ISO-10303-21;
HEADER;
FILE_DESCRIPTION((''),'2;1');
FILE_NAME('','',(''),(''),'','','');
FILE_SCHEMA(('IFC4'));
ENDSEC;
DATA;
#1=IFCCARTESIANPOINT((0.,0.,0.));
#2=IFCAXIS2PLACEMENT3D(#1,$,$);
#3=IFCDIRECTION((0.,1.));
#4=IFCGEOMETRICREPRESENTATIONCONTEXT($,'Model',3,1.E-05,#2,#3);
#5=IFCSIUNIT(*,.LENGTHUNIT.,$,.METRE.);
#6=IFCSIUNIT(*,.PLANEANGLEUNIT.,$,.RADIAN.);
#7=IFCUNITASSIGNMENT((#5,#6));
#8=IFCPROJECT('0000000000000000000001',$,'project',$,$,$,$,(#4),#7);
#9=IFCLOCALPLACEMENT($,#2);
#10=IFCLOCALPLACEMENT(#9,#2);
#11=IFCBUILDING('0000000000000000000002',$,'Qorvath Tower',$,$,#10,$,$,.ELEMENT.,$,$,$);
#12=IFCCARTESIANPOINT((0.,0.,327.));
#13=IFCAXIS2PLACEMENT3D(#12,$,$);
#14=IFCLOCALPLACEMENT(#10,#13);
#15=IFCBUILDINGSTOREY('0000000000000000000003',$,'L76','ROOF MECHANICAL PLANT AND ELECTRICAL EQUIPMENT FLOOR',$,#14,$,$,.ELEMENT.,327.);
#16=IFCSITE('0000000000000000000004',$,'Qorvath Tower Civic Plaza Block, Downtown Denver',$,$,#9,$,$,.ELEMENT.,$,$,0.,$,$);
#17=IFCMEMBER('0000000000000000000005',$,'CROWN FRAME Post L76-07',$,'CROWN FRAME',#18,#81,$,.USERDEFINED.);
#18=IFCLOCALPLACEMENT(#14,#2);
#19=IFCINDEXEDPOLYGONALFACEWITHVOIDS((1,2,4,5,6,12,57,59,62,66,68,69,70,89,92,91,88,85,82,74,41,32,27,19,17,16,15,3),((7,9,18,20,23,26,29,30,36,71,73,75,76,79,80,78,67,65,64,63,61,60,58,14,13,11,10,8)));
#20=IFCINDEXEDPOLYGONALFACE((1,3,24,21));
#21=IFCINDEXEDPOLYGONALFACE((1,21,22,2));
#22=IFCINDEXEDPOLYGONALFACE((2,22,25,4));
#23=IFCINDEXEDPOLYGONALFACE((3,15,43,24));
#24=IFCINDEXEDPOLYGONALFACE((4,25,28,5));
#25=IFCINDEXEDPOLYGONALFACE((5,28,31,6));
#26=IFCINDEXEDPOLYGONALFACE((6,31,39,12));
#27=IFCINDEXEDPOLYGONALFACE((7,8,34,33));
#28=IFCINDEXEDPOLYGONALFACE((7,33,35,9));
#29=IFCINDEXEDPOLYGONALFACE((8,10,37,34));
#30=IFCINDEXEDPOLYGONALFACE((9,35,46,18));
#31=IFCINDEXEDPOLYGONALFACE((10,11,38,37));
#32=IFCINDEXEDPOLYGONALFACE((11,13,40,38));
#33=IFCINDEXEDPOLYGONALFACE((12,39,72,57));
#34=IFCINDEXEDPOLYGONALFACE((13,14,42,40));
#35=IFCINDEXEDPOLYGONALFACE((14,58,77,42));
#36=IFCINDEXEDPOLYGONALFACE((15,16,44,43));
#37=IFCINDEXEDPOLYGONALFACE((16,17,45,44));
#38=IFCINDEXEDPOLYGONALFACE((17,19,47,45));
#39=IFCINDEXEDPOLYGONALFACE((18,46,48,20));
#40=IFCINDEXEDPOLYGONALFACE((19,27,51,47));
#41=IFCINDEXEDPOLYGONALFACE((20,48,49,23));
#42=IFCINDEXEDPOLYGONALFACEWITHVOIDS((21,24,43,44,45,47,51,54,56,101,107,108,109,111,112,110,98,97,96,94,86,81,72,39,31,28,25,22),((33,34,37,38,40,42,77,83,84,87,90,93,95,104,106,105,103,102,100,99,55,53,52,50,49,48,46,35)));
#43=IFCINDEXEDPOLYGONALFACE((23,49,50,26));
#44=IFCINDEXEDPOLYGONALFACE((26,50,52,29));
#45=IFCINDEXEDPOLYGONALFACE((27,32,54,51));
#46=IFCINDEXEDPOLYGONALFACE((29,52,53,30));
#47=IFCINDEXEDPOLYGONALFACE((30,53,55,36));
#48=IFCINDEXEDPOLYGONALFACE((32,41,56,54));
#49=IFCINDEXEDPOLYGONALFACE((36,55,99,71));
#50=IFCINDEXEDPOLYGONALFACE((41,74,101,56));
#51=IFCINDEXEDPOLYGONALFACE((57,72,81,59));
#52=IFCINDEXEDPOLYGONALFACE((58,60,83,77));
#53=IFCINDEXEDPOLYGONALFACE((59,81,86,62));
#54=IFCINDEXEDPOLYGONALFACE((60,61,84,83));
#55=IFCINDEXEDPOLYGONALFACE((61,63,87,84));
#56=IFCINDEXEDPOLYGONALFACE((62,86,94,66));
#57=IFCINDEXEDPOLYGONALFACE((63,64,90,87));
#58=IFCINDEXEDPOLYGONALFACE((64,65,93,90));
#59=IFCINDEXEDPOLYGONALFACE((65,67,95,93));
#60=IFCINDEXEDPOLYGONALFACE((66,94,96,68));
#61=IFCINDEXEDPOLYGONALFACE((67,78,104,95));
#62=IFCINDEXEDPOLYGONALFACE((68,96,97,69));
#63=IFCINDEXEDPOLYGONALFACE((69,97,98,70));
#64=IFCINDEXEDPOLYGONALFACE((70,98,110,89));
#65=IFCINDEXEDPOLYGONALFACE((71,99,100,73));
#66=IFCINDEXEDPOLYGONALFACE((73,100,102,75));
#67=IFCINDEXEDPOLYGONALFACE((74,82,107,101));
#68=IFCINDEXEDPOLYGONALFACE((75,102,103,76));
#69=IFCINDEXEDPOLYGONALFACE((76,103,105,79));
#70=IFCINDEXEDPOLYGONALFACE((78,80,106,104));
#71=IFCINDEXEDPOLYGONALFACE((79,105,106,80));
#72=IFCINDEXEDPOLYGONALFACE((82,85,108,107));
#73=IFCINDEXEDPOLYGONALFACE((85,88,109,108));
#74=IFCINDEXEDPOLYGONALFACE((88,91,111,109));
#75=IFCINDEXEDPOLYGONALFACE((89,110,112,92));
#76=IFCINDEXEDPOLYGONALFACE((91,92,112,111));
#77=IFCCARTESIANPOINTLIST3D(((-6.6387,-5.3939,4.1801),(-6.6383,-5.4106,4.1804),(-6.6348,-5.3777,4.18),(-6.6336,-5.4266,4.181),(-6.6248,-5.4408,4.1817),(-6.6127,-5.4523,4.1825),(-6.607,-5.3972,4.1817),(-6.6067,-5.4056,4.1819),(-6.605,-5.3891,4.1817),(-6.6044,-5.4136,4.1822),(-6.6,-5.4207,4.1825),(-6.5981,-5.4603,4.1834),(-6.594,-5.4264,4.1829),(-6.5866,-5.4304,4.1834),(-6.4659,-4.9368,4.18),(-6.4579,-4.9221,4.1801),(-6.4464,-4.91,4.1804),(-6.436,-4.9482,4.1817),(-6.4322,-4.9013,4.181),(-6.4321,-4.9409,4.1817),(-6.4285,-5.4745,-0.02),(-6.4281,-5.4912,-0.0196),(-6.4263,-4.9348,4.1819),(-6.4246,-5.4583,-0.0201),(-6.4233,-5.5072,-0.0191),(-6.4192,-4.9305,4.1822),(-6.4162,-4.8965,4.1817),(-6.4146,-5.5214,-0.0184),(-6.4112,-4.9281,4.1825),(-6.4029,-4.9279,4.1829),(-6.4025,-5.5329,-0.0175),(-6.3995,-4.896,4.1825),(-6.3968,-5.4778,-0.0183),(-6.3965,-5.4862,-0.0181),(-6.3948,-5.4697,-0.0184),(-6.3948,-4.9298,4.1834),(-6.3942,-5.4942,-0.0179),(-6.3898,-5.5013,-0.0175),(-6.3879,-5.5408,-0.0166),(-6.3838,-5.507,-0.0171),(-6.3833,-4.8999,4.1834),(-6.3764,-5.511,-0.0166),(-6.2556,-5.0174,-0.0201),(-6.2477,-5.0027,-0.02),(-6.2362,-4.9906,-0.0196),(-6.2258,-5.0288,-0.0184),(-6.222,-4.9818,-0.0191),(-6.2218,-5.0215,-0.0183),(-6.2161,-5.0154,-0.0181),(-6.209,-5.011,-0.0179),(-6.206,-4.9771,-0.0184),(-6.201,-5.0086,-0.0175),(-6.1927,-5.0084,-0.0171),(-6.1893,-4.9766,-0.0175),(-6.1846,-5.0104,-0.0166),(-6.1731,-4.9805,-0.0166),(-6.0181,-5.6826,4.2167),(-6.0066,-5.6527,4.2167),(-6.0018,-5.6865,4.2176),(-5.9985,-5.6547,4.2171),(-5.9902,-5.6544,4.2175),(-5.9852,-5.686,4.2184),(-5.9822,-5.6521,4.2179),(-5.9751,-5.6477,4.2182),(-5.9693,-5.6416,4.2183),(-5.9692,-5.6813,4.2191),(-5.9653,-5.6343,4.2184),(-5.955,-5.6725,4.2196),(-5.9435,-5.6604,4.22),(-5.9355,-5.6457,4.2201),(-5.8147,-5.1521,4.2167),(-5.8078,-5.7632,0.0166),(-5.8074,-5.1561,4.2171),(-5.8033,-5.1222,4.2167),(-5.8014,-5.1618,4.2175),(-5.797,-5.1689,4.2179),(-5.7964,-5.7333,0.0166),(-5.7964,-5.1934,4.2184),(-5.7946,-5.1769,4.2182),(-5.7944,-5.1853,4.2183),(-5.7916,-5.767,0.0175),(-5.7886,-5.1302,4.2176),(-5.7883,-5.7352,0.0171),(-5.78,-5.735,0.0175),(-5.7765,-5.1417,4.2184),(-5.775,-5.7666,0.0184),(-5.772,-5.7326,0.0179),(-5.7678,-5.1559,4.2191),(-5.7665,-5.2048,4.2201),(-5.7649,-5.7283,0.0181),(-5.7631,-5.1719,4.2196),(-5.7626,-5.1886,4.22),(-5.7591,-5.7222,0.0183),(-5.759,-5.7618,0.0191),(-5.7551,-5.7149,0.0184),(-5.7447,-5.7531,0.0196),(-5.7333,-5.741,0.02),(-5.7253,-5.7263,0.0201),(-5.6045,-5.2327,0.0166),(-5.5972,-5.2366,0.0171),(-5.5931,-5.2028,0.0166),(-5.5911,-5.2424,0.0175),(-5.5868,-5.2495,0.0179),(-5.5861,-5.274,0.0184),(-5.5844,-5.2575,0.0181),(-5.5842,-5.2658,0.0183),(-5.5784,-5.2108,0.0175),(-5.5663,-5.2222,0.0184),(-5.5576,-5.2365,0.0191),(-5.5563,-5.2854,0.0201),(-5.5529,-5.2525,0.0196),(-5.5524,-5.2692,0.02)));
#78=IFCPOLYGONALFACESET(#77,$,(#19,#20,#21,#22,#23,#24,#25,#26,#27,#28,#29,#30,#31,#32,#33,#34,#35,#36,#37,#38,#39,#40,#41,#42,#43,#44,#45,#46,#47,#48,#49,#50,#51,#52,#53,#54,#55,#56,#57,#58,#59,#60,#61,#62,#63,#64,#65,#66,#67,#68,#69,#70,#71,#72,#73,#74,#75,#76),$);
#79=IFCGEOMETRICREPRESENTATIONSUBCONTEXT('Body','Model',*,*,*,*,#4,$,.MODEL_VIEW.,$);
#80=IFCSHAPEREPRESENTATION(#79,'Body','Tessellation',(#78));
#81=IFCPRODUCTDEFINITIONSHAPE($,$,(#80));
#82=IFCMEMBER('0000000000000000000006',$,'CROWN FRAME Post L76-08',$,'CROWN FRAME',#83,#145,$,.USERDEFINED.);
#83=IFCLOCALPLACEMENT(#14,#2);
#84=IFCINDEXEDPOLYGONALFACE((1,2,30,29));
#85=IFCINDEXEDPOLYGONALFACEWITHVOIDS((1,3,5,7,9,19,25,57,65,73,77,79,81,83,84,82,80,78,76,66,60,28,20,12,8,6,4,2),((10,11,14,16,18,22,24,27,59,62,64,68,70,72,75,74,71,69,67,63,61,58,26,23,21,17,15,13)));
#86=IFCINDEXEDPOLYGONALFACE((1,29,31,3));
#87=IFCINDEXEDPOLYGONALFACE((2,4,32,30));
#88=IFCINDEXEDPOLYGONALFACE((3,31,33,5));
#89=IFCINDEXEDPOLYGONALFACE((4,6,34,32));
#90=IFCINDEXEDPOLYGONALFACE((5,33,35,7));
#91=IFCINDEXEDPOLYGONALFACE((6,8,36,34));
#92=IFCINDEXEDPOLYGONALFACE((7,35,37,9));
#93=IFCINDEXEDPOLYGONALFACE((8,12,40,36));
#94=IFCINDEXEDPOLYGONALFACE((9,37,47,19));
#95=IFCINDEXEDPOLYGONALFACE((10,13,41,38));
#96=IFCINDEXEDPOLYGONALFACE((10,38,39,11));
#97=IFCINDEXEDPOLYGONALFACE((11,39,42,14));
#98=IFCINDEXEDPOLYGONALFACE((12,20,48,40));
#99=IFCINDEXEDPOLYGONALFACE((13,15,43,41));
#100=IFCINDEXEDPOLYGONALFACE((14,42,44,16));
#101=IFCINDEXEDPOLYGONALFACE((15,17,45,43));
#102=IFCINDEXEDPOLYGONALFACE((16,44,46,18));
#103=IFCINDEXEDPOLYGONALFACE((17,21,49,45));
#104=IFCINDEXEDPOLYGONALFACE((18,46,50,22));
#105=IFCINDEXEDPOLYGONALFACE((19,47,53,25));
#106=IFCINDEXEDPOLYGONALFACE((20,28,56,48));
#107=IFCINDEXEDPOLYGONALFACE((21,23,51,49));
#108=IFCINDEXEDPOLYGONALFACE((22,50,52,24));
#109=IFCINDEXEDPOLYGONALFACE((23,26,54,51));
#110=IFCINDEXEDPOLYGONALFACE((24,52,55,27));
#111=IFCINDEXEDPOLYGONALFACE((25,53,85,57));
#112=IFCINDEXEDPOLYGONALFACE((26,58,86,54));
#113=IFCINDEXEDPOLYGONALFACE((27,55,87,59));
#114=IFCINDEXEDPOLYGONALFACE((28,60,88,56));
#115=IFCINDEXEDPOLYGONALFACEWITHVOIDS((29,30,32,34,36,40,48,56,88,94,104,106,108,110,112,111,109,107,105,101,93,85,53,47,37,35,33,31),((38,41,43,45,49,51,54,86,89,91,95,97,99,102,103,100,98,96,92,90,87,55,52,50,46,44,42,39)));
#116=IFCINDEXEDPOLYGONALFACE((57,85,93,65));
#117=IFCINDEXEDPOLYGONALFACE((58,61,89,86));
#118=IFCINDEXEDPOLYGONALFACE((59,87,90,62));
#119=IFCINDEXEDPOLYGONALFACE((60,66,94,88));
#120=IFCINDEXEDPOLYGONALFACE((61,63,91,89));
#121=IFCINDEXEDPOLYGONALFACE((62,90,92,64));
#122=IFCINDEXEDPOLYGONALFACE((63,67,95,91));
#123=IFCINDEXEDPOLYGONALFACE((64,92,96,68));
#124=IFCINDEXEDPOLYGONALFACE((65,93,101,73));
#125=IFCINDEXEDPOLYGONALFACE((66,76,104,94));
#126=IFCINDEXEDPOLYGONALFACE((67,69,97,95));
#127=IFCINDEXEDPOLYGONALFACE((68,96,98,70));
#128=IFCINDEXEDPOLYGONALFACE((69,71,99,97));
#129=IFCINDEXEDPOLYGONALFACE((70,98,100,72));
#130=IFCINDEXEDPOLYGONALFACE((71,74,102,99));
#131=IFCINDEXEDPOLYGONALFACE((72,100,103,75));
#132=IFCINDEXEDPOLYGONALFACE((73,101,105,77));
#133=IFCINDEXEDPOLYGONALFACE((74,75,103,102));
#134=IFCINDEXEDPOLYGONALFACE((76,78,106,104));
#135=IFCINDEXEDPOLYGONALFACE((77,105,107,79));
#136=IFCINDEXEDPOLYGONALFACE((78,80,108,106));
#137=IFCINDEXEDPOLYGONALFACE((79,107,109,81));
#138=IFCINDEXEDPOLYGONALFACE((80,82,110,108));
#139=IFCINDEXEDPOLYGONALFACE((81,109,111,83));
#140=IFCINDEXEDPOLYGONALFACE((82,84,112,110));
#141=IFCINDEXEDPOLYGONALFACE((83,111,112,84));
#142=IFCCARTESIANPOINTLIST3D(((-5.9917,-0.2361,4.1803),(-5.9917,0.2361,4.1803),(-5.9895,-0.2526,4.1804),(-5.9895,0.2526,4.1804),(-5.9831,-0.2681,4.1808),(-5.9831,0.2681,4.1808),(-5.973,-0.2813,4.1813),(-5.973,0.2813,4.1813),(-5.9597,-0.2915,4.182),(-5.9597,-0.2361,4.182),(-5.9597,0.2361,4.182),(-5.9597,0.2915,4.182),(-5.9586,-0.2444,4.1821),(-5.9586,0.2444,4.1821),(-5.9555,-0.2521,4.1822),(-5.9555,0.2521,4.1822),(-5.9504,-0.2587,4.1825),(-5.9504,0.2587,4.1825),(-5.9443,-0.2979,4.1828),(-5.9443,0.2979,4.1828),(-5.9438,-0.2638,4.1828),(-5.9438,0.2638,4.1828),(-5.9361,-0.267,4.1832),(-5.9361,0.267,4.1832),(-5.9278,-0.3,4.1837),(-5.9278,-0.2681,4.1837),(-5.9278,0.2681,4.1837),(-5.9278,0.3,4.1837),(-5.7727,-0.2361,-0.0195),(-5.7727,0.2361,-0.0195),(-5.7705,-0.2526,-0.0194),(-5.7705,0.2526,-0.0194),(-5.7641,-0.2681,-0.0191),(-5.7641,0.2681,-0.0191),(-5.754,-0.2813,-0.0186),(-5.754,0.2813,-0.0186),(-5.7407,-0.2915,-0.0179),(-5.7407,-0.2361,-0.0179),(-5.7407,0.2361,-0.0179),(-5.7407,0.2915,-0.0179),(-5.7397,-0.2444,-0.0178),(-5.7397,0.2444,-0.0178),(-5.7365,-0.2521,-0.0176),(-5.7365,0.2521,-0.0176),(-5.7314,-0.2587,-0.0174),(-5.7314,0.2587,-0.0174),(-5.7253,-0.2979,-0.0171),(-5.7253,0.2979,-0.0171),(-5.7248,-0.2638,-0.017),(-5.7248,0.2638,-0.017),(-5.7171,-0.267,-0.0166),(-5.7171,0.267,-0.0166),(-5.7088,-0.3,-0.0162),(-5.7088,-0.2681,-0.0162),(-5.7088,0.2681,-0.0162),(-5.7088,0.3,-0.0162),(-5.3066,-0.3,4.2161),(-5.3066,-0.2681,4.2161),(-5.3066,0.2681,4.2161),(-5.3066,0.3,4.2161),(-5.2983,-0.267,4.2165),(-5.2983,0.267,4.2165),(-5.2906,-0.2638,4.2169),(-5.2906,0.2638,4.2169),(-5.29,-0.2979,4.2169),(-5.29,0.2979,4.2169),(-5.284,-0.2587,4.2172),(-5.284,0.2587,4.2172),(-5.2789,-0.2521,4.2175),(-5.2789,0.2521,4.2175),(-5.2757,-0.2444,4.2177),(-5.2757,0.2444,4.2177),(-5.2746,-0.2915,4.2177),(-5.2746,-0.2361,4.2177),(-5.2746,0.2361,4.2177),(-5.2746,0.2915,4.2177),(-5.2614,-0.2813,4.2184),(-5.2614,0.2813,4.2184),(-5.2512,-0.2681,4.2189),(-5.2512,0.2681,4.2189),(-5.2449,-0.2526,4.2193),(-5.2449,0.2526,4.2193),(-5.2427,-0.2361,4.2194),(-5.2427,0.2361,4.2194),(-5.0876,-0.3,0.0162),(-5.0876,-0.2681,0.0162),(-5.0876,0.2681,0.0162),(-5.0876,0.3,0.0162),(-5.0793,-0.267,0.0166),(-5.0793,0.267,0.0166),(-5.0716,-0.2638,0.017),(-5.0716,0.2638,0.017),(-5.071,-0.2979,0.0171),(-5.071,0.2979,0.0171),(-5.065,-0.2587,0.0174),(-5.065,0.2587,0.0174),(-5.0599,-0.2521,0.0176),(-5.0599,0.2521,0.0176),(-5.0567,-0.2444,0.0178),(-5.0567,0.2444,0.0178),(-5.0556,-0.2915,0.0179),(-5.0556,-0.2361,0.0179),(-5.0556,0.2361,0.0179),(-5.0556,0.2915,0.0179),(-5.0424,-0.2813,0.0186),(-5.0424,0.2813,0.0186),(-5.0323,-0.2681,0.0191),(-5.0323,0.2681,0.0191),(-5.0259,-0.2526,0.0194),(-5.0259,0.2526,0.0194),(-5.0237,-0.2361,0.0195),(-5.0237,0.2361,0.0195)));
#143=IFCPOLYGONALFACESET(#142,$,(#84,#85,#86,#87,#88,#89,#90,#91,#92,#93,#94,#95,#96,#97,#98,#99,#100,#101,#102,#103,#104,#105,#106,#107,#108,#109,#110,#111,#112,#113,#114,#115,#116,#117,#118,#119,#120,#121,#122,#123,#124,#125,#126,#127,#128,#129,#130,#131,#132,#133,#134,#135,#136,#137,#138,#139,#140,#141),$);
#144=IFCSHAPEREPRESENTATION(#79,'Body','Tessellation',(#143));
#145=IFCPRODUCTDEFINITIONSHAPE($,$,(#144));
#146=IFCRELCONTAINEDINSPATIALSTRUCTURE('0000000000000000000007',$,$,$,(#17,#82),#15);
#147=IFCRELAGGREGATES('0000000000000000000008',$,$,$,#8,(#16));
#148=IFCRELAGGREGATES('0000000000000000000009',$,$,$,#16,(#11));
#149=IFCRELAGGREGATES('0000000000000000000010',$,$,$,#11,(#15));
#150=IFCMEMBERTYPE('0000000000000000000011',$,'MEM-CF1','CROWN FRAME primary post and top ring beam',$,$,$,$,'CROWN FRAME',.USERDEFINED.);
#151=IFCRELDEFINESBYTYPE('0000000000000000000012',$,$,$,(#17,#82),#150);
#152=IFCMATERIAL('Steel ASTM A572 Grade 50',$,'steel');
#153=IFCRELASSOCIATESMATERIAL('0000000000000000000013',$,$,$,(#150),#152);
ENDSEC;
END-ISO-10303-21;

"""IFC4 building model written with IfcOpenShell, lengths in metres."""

from ifc_helpers import new_model, si_unit, direction, frame, origin, origin_2d, place, context, subcontext, project, spatial, hollow_rectangle, extrude, material, material_profile, profile_set, type_object, element, save


model = new_model("IFC4")

# Units and contexts
model_context = context("Model", 3, precision=1e-05, world=origin(), true_north=direction((0.0, 1.0)))
body_context = subcontext(model_context, "Body", "Model", "MODEL_VIEW")
ifc_project = project(units=[si_unit("LENGTHUNIT", "METRE"), si_unit("PLANEANGLEUNIT", "RADIAN")], contexts=[model_context])

# Site, building, storey
site_placement = place(None, origin())
site = spatial("IfcSite", under=ifc_project, at=site_placement, Name="Qorvath Tower Civic Plaza Block, Downtown Denver", CompositionType="ELEMENT", RefElevation=0.0)
building_placement = place(site_placement, origin())
building = spatial("IfcBuilding", under=site, at=building_placement, Name="Qorvath Tower", CompositionType="ELEMENT")
storey_placement = place(building_placement, frame((0.0, 0.0, 327.0)))
storey = spatial("IfcBuildingStorey", under=building, at=storey_placement, Name="L76", Description="ROOF MECHANICAL PLANT AND ELECTRICAL EQUIPMENT FLOOR", CompositionType="ELEMENT", Elevation=327.0)

# Members
ifc_material_1 = material(Name="Steel ASTM A572 Grade 50", Category="steel")
ifc_material_profile_1 = material_profile(ifc_material_1, hollow_rectangle(XDim=0.6001, YDim=0.75, WallThickness=0.032, InnerFilletRadius=0.032, OuterFilletRadius=0.064, at=origin_2d()), Name="CROWN BOX 750x600x32")
ifc_profile_set_1 = profile_set([ifc_material_profile_1], Name="Steel ASTM A572 Grade 50")
member_type_1 = type_object("IfcMemberType", Name="MEM-CF1", Description="CROWN FRAME primary post and top ring beam", ElementType="CROWN FRAME", PredefinedType="USERDEFINED", material=ifc_profile_set_1)
member_1_placement = place(storey_placement, frame((-5.9905, -5.3718, 0.0), z_axis=(-0.049978, 0.019155, 0.998567), x_axis=(-0.357889, -0.933764, 0.0)))
element("IfcMember", 1, at=member_1_placement, inside=storey, type_object=member_type_1, Name="CROWN FRAME Post L76-07", ObjectType="CROWN FRAME", PredefinedType="USERDEFINED", context=body_context, shape_type="SweptSolid", body=[
    extrude(hollow_rectangle(XDim=0.6001, YDim=0.75, WallThickness=0.032, InnerFilletRadius=0.032, OuterFilletRadius=0.064, at=origin_2d()), origin(), (0.0, 0.0, 1.0), 4.2061),
])
member_2_placement = place(storey_placement, frame((-5.3982, 0.0, 0.0), z_axis=(-0.052071, 0.0, 0.998643), x_axis=(0.0, -1.0, 0.0)))
element("IfcMember", 2, at=member_2_placement, inside=storey, type_object=member_type_1, Name="CROWN FRAME Post L76-08", ObjectType="CROWN FRAME", PredefinedType="USERDEFINED", context=body_context, shape_type="SweptSolid", body=[
    extrude(hollow_rectangle(XDim=0.6001, YDim=0.75, WallThickness=0.032, InnerFilletRadius=0.032, OuterFilletRadius=0.064, at=origin_2d()), origin(), (0.0, 0.0, 1.0), 4.2056),
])

save(model, "model.ifc")
